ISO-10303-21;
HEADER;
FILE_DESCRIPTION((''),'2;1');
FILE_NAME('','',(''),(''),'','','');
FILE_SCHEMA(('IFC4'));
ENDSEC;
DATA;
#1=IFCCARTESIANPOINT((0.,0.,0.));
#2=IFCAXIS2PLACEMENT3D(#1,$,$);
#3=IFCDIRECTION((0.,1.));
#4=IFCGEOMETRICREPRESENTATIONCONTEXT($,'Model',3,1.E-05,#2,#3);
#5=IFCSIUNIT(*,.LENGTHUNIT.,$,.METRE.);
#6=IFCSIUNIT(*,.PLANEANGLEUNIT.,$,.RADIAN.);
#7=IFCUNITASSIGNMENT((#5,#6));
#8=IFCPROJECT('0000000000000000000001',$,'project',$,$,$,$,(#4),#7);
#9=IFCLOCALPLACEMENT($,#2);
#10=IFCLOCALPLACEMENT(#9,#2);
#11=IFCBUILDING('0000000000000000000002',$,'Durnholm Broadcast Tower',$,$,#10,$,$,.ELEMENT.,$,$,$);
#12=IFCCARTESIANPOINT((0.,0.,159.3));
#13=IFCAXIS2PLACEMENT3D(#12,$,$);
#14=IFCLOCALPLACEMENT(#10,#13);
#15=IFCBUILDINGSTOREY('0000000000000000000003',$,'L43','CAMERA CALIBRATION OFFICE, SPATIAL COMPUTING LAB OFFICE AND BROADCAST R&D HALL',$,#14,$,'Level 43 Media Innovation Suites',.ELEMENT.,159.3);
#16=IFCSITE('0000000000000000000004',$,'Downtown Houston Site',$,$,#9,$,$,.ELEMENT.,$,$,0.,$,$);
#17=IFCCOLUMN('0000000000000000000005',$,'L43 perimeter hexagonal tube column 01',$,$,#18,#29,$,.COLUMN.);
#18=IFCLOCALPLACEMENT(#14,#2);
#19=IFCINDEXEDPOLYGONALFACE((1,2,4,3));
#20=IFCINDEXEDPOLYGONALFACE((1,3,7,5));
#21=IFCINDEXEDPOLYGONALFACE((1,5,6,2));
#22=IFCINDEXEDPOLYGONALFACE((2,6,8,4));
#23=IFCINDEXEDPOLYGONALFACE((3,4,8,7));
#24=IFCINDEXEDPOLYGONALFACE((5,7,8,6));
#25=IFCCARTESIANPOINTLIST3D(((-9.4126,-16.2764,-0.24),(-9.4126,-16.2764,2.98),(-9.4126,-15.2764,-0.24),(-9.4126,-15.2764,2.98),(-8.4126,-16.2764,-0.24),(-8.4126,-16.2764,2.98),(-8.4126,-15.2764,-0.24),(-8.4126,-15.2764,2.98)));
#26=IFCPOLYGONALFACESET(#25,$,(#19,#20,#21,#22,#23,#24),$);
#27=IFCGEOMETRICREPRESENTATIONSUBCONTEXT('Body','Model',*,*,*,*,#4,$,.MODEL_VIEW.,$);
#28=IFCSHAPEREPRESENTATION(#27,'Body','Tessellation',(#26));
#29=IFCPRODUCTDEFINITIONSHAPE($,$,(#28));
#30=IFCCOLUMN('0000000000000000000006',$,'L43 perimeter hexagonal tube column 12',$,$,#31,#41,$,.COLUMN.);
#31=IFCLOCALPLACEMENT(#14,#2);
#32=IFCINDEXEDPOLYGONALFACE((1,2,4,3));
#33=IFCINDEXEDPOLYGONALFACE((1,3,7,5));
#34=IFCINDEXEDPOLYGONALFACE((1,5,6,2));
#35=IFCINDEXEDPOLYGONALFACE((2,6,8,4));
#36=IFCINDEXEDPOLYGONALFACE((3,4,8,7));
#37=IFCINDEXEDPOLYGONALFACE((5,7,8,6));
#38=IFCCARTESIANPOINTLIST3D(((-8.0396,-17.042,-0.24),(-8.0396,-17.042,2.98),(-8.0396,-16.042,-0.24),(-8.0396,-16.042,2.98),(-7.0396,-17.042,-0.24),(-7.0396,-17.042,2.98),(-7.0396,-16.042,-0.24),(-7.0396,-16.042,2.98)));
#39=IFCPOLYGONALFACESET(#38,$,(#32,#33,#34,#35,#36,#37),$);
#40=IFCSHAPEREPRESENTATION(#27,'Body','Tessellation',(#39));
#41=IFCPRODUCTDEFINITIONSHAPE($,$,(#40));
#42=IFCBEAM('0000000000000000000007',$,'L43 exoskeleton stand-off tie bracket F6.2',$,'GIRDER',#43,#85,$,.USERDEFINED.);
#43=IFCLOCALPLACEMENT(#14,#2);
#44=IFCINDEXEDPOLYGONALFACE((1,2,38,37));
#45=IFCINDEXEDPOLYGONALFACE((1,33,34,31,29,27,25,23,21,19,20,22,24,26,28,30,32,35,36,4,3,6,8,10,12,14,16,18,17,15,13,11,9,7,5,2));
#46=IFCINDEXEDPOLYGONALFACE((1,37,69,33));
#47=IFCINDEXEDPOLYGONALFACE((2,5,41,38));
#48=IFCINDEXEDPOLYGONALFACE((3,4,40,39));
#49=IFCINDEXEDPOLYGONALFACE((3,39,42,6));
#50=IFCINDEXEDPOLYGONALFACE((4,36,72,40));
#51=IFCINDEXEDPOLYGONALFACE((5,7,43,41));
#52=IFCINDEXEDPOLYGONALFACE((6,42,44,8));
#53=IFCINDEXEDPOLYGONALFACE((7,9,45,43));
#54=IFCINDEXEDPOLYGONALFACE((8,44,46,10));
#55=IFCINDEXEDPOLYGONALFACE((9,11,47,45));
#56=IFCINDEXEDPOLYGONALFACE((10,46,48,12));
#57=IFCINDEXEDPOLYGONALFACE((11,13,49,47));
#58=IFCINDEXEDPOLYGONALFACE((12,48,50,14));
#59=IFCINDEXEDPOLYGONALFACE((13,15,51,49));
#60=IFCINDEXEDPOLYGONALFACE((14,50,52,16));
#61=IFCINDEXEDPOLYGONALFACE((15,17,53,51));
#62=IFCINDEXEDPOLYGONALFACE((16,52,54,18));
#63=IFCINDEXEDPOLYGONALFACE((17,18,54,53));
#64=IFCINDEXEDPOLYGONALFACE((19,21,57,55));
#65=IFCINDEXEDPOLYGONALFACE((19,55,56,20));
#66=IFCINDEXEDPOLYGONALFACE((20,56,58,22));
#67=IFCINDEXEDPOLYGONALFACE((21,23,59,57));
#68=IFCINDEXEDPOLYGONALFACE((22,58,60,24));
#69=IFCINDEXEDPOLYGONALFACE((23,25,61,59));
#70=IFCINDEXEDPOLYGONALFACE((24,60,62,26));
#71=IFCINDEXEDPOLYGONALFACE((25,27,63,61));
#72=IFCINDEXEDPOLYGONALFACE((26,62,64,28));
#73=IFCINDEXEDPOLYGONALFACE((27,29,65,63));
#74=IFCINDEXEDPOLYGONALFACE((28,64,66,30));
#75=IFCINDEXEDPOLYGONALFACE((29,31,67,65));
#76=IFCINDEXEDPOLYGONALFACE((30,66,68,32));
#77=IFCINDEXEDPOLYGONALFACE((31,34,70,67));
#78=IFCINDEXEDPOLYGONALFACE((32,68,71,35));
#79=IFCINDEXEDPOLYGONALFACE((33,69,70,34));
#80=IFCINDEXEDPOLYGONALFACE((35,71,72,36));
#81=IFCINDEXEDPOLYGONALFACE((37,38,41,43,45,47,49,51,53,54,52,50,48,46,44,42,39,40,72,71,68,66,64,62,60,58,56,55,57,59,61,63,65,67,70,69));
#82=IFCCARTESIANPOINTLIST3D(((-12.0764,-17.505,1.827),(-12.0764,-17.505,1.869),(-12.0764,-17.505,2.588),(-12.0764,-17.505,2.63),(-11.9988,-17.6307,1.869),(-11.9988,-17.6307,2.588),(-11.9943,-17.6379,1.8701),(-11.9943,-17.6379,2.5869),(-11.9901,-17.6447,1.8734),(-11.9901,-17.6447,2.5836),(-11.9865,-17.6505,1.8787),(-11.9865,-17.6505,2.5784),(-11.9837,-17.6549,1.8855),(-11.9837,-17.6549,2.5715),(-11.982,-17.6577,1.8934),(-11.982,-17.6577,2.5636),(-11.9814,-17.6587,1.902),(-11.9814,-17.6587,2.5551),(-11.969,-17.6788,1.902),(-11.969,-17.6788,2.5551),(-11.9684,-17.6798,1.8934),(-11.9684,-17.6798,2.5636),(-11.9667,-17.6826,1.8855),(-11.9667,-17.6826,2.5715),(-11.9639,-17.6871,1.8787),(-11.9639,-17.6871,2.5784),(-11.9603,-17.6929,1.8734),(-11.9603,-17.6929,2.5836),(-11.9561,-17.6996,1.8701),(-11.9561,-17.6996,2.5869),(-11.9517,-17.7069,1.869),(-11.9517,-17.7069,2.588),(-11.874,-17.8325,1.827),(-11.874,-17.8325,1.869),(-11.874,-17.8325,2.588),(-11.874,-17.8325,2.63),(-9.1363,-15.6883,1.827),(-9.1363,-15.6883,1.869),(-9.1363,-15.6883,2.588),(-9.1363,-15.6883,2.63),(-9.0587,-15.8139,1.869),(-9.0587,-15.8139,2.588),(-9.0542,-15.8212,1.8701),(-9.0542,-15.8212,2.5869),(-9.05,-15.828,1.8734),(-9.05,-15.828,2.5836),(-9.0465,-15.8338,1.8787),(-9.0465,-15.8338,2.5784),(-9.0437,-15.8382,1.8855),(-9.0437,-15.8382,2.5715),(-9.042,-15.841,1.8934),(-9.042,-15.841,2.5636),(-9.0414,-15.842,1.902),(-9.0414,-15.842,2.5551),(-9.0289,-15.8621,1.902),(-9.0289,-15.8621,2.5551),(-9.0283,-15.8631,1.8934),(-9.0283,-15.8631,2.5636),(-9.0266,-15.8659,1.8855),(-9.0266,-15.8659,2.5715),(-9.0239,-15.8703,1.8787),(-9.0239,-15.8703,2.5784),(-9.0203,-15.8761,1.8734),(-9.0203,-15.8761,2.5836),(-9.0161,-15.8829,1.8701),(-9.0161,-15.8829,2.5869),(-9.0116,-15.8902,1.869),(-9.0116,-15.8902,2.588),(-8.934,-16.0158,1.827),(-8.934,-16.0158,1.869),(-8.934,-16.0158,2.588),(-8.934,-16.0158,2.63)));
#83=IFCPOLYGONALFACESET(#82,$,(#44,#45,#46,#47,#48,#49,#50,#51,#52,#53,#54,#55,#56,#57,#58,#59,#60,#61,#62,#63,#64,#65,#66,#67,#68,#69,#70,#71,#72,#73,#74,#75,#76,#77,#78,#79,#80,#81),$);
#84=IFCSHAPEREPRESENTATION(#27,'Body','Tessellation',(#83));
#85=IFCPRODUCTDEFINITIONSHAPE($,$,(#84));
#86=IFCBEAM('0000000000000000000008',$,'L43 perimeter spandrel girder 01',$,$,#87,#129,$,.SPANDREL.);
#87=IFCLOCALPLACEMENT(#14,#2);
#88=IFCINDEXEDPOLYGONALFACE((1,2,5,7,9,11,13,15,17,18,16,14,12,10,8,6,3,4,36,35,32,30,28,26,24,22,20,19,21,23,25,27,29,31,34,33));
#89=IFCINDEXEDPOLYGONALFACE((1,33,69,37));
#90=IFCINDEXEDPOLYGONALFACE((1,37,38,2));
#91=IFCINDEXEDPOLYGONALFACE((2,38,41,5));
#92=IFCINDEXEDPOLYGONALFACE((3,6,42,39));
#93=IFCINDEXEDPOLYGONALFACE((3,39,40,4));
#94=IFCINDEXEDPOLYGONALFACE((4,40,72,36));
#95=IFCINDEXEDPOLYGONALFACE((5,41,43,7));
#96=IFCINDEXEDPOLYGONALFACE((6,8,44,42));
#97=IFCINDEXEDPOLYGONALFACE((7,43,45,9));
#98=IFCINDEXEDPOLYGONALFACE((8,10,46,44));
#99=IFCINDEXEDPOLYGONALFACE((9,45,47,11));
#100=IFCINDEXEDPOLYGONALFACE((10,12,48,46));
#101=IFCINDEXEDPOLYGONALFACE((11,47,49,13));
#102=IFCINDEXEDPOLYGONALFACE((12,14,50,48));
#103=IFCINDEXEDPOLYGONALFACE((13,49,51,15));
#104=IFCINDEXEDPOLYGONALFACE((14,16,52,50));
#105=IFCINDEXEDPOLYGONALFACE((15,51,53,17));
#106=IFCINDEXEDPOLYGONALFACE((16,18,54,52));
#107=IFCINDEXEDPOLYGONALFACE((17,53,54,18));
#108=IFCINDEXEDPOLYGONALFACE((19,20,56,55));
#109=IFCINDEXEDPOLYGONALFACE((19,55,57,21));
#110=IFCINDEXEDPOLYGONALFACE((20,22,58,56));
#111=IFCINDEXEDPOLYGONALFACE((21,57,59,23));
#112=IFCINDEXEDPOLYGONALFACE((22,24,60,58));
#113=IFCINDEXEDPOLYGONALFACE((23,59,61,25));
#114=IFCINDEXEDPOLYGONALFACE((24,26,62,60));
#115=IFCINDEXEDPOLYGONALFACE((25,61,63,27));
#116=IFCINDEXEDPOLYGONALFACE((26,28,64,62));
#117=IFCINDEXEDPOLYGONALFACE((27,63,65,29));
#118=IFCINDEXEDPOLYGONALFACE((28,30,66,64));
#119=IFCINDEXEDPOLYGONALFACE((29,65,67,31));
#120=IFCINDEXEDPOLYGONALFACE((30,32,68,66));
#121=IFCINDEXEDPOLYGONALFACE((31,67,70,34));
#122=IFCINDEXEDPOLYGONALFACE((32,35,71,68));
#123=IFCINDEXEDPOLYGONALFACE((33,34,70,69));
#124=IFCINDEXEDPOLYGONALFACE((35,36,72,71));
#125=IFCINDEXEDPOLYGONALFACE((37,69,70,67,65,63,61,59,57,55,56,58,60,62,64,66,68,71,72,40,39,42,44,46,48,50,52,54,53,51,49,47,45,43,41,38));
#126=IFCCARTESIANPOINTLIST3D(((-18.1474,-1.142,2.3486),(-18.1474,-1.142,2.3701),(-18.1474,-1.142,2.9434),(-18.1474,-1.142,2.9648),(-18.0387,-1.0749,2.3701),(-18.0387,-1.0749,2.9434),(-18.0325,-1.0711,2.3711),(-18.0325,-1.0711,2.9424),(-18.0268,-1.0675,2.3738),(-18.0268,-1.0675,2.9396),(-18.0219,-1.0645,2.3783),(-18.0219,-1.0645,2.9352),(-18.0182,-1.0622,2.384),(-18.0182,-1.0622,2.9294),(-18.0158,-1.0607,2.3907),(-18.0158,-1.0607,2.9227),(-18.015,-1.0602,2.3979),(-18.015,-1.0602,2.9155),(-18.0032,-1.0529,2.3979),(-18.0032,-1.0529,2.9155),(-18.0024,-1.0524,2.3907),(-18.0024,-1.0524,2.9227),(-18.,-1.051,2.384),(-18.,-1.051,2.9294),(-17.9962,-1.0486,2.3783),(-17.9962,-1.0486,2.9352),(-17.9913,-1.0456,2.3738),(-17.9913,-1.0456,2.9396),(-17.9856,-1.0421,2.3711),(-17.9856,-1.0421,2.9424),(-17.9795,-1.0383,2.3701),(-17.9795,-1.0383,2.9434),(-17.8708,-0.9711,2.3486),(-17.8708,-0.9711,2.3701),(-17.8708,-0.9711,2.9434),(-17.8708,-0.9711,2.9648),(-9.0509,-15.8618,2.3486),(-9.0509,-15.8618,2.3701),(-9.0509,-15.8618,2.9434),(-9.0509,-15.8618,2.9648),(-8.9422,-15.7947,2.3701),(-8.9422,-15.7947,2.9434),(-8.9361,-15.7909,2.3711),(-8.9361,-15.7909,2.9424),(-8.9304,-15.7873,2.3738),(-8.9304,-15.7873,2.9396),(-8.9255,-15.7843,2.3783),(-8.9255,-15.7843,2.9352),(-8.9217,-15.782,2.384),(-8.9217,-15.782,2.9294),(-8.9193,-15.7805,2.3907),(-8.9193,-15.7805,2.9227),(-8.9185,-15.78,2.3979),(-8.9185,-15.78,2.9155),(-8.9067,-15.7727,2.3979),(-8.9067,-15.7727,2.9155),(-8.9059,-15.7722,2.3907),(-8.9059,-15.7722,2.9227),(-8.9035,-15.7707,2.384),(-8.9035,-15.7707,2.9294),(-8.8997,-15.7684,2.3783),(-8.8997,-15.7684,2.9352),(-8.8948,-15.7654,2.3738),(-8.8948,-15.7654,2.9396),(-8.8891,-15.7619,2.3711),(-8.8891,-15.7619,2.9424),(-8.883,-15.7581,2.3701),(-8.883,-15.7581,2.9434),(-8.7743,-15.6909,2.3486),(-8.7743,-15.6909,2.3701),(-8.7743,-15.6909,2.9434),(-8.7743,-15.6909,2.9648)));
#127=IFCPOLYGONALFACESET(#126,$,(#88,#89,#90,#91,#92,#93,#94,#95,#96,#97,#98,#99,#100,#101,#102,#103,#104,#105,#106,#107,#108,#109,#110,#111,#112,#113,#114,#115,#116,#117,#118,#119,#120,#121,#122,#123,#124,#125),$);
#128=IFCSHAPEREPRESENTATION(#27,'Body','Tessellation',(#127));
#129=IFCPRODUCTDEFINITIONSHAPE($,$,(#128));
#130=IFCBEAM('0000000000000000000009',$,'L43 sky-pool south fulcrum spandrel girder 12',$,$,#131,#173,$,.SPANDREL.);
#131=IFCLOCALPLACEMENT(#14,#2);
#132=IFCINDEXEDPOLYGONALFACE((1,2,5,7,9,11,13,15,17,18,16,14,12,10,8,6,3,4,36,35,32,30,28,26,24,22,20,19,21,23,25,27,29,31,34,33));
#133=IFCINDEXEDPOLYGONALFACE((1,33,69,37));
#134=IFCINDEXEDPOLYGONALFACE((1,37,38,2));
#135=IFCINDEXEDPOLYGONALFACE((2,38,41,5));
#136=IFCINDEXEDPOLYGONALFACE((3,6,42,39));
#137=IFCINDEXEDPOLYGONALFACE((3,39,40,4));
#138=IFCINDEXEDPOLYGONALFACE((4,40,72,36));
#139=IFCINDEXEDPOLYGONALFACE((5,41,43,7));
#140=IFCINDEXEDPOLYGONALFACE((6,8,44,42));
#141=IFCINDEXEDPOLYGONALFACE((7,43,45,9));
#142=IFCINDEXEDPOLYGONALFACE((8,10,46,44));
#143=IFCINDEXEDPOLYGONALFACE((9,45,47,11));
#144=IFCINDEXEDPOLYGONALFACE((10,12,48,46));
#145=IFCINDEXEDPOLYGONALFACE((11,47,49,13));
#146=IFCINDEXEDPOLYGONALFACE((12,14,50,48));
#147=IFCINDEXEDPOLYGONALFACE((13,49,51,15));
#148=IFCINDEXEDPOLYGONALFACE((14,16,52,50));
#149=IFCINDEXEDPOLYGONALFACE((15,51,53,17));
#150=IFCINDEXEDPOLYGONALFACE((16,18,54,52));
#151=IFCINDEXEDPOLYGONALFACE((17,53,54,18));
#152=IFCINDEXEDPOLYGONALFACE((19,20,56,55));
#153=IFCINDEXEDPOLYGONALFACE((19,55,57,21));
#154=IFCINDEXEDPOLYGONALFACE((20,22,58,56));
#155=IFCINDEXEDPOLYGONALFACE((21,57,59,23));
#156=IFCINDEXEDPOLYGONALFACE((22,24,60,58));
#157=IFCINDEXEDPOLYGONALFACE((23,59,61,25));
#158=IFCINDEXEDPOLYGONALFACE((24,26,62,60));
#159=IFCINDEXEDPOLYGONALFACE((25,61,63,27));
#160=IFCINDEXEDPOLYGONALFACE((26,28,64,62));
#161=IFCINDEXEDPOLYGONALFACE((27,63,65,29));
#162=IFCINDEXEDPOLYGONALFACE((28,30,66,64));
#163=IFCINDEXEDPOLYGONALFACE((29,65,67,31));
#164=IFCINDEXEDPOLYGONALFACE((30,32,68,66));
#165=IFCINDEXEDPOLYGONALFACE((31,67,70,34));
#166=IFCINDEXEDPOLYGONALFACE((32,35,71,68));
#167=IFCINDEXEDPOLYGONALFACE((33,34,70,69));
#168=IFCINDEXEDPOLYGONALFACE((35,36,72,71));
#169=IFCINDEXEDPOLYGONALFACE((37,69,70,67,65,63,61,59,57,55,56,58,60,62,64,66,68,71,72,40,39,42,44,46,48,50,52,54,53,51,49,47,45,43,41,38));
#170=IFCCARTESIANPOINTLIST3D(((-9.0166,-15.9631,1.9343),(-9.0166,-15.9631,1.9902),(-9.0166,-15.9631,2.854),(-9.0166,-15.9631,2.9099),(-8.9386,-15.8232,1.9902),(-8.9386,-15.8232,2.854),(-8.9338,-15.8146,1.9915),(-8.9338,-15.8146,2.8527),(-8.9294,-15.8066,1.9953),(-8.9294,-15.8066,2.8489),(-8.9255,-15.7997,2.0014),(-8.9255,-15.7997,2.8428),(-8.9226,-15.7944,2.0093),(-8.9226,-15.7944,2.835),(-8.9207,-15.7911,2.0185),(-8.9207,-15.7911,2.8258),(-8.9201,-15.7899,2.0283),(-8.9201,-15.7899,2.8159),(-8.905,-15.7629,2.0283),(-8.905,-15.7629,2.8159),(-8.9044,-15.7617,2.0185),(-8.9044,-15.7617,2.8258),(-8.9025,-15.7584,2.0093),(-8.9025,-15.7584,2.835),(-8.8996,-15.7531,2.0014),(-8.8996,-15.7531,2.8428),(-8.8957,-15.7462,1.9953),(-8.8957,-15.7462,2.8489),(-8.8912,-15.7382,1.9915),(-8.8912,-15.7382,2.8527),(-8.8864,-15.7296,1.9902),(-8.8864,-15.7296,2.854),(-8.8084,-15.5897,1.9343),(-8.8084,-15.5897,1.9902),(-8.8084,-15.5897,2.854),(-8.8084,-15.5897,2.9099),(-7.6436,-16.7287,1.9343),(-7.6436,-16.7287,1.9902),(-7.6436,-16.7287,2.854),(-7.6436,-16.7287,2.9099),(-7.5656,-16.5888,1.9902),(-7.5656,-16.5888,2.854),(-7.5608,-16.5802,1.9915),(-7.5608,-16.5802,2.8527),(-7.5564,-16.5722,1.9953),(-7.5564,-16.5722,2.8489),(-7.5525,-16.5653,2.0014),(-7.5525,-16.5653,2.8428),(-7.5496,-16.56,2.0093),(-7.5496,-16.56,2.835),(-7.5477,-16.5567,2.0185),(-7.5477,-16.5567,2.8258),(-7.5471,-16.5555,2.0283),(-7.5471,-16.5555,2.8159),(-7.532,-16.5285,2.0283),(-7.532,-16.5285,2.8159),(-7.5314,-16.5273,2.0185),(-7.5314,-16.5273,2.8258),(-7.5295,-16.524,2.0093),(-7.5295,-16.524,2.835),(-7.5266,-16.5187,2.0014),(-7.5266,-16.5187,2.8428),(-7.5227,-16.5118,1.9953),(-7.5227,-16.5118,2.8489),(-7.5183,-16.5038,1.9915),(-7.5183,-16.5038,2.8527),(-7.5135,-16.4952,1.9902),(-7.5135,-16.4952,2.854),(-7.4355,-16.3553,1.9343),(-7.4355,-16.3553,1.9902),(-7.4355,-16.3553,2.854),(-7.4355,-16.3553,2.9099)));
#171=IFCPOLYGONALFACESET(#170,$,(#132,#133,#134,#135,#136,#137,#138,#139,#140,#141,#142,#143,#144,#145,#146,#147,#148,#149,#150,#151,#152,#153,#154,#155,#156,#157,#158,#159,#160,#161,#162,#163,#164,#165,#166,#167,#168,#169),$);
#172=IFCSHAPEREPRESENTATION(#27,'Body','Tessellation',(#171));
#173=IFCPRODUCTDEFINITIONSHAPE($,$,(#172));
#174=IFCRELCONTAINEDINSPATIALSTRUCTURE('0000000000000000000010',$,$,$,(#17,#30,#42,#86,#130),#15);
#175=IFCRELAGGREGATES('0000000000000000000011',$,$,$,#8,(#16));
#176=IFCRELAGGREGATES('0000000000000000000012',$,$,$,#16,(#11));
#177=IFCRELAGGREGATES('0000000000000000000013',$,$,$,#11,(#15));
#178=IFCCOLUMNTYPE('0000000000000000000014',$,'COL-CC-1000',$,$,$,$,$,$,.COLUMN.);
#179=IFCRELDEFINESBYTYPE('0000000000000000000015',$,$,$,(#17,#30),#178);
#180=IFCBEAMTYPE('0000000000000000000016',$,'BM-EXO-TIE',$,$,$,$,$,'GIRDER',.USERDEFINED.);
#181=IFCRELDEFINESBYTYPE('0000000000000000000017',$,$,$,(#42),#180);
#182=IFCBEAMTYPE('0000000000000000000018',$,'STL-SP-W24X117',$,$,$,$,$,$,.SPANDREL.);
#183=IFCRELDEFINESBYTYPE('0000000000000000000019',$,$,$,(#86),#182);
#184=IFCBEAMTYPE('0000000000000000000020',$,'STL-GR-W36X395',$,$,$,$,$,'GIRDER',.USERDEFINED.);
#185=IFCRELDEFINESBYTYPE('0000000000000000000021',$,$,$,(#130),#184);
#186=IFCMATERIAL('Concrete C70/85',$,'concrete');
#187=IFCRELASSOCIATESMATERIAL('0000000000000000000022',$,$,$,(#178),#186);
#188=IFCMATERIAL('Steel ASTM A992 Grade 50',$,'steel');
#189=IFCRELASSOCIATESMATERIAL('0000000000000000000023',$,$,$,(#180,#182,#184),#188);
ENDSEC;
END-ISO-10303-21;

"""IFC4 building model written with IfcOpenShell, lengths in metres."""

from ifc_helpers import new_model, si_unit, direction, frame, origin, origin_2d, place, context, subcontext, project, spatial, rectangle, i_section, extrude, source, transform, mapped, material, material_profile, profile_set, type_object, type_shapes, element, save


model = new_model("IFC4")

# Units and contexts
model_context = context("Model", 3, precision=1e-05, world=origin(), true_north=direction((0.0, 1.0)))
body_context = subcontext(model_context, "Body", "Model", "MODEL_VIEW")
ifc_project = project(units=[si_unit("LENGTHUNIT", "METRE"), si_unit("PLANEANGLEUNIT", "RADIAN")], contexts=[model_context])

# Site, building, storey
site_placement = place(None, origin())
site = spatial("IfcSite", under=ifc_project, at=site_placement, Name="Downtown Houston Site", CompositionType="ELEMENT", RefElevation=0.0)
building_placement = place(site_placement, origin())
building = spatial("IfcBuilding", under=site, at=building_placement, Name="Durnholm Broadcast Tower", CompositionType="ELEMENT")
storey_placement = place(building_placement, frame((0.0, 0.0, 159.3)))
storey = spatial("IfcBuildingStorey", under=building, at=storey_placement, Name="L43", Description="CAMERA CALIBRATION OFFICE, SPATIAL COMPUTING LAB OFFICE AND BROADCAST R&D HALL", LongName="Level 43 Media Innovation Suites", CompositionType="ELEMENT", Elevation=159.3)

# Columns
ifc_material_1 = material(Name="Concrete C70/85", Category="concrete")
ifc_material_profile_1 = material_profile(ifc_material_1, rectangle(XDim=1.0, YDim=1.0, at=origin_2d()), Name="RC1000X1000")
ifc_profile_set_1 = profile_set([ifc_material_profile_1], Name="Concrete C70/85")
column_type = type_object("IfcColumnType", Name="COL-CC-1000", PredefinedType="COLUMN", material=ifc_profile_set_1)
shared_shape_1 = source(origin(), body_context, "Body", "SweptSolid", [
    extrude(rectangle(XDim=1.0, YDim=1.0, at=origin_2d()), origin(), (0.0, 0.0, 1.0), 3.22),
])
type_shapes(column_type, [shared_shape_1])
for number, where, z_axis, x_axis, name in (
    (1, (-8.9126, -15.7764, -0.24), (0.0, 0.0, 1.0), (1.0, 0.0, 0.0), "L43 perimeter hexagonal tube column 01"),
    (2, (-7.5396, -16.542, -0.24), (0.0, 0.0, 1.0), (1.0, 0.0, 0.0), "L43 perimeter hexagonal tube column 12"),
):
    element("IfcColumn", number, at=place(storey_placement, frame(where, z_axis=z_axis, x_axis=x_axis)), inside=storey, type_object=column_type, Name=name, PredefinedType="COLUMN", context=body_context, shape_type="MappedRepresentation", body=[
        mapped(shared_shape_1, transform((0.0, 0.0, 0.0), x_axis=(1.0, 0.0, 0.0), y_axis=(0.0, 1.0, 0.0), z_axis=(0.0, 0.0, 1.0), scale=1.0)),
    ])

# Beams
ifc_material_2 = material(Name="Steel ASTM A992 Grade 50", Category="steel")
ifc_material_profile_2 = material_profile(ifc_material_2, i_section(OverallWidth=0.385, OverallDepth=0.803, WebThickness=0.0237, FlangeThickness=0.042, FilletRadius=0.033, at=origin_2d()), Name="W30X261")
ifc_profile_set_2 = profile_set([ifc_material_profile_2], Name="Steel ASTM A992 Grade 50")
beam_type_1 = type_object("IfcBeamType", Name="BM-EXO-TIE", ElementType="GIRDER", PredefinedType="USERDEFINED", material=ifc_profile_set_2)
shared_shape_2 = source(origin(), body_context, "Body", "SweptSolid", [
    extrude(i_section(OverallWidth=0.385, OverallDepth=0.803, WebThickness=0.0237, FlangeThickness=0.042, FilletRadius=0.033, at=origin_2d()), origin(), (0.0, 0.0, 1.0), 3.4561),
])
type_shapes(beam_type_1, [shared_shape_2])
beam_1_placement = place(storey_placement, frame((-9.0352, -15.8521, 2.2285), z_axis=(-0.850694, -0.525661, 0.0), x_axis=(0.525661, -0.850694, 0.0)))
element("IfcBeam", 3, at=beam_1_placement, inside=storey, type_object=beam_type_1, Name="L43 exoskeleton stand-off tie bracket F6.2", ObjectType="GIRDER", PredefinedType="USERDEFINED", context=body_context, shape_type="MappedRepresentation", body=[
    mapped(shared_shape_2, transform((0.0, 0.0, 0.0), x_axis=(1.0, 0.0, 0.0), y_axis=(0.0, 1.0, 0.0), z_axis=(0.0, 0.0, 1.0), scale=1.0)),
])
ifc_material_profile_3 = material_profile(ifc_material_2, i_section(OverallWidth=0.3252, OverallDepth=0.6162, WebThickness=0.0139, FlangeThickness=0.0215, FilletRadius=0.0278, at=origin_2d()), Name="W24X117")
ifc_profile_set_3 = profile_set([ifc_material_profile_3], Name="Steel ASTM A992 Grade 50")
beam_type_2 = type_object("IfcBeamType", Name="STL-SP-W24X117", PredefinedType="SPANDREL", material=ifc_profile_set_3)
shared_shape_3 = source(origin(), body_context, "Body", "SweptSolid", [
    extrude(i_section(OverallWidth=0.3252, OverallDepth=0.6162, WebThickness=0.0139, FlangeThickness=0.0215, FilletRadius=0.0278, at=origin_2d()), origin(), (0.0, 0.0, 1.0), 17.3037),
])
type_shapes(beam_type_2, [shared_shape_3])
beam_2_placement = place(storey_placement, frame((-8.9126, -15.7764, 2.6567), z_axis=(-0.525695, 0.850673, 0.0), x_axis=(-0.850673, -0.525695, 0.0)))
element("IfcBeam", 4, at=beam_2_placement, inside=storey, type_object=beam_type_2, Name="L43 perimeter spandrel girder 01", PredefinedType="SPANDREL", context=body_context, shape_type="MappedRepresentation", body=[
    mapped(shared_shape_3, transform((0.0, 0.0, 0.0), x_axis=(1.0, 0.0, 0.0), y_axis=(0.0, 1.0, 0.0), z_axis=(0.0, 0.0, 1.0), scale=1.0)),
])
ifc_material_profile_4 = material_profile(ifc_material_2, i_section(OverallWidth=0.4275, OverallDepth=0.9756, WebThickness=0.031, FlangeThickness=0.0559, FilletRadius=0.0381, at=origin_2d()), Name="W36X395")
ifc_profile_set_4 = profile_set([ifc_material_profile_4], Name="Steel ASTM A992 Grade 50")
beam_type_3 = type_object("IfcBeamType", Name="STL-GR-W36X395", ElementType="GIRDER", PredefinedType="USERDEFINED", material=ifc_profile_set_4)
shared_shape_4 = source(origin(), body_context, "Body", "SweptSolid", [
    extrude(i_section(OverallWidth=0.4275, OverallDepth=0.9756, WebThickness=0.031, FlangeThickness=0.0559, FilletRadius=0.0381, at=origin_2d()), origin(), (0.0, 0.0, 1.0), 1.572),
])
type_shapes(beam_type_3, [shared_shape_4])
beam_3_placement = place(storey_placement, frame((-7.5396, -16.542, 2.4221), z_axis=(-0.873394, 0.487014, 0.0), x_axis=(-0.487014, -0.873394, 0.0)))
element("IfcBeam", 5, at=beam_3_placement, inside=storey, type_object=beam_type_3, Name="L43 sky-pool south fulcrum spandrel girder 12", PredefinedType="SPANDREL", context=body_context, shape_type="MappedRepresentation", body=[
    mapped(shared_shape_4, transform((0.0, 0.0, 0.0), x_axis=(1.0, 0.0, 0.0), y_axis=(0.0, 1.0, 0.0), z_axis=(0.0, 0.0, 1.0), scale=1.0)),
])

save(model, "model.ifc")
